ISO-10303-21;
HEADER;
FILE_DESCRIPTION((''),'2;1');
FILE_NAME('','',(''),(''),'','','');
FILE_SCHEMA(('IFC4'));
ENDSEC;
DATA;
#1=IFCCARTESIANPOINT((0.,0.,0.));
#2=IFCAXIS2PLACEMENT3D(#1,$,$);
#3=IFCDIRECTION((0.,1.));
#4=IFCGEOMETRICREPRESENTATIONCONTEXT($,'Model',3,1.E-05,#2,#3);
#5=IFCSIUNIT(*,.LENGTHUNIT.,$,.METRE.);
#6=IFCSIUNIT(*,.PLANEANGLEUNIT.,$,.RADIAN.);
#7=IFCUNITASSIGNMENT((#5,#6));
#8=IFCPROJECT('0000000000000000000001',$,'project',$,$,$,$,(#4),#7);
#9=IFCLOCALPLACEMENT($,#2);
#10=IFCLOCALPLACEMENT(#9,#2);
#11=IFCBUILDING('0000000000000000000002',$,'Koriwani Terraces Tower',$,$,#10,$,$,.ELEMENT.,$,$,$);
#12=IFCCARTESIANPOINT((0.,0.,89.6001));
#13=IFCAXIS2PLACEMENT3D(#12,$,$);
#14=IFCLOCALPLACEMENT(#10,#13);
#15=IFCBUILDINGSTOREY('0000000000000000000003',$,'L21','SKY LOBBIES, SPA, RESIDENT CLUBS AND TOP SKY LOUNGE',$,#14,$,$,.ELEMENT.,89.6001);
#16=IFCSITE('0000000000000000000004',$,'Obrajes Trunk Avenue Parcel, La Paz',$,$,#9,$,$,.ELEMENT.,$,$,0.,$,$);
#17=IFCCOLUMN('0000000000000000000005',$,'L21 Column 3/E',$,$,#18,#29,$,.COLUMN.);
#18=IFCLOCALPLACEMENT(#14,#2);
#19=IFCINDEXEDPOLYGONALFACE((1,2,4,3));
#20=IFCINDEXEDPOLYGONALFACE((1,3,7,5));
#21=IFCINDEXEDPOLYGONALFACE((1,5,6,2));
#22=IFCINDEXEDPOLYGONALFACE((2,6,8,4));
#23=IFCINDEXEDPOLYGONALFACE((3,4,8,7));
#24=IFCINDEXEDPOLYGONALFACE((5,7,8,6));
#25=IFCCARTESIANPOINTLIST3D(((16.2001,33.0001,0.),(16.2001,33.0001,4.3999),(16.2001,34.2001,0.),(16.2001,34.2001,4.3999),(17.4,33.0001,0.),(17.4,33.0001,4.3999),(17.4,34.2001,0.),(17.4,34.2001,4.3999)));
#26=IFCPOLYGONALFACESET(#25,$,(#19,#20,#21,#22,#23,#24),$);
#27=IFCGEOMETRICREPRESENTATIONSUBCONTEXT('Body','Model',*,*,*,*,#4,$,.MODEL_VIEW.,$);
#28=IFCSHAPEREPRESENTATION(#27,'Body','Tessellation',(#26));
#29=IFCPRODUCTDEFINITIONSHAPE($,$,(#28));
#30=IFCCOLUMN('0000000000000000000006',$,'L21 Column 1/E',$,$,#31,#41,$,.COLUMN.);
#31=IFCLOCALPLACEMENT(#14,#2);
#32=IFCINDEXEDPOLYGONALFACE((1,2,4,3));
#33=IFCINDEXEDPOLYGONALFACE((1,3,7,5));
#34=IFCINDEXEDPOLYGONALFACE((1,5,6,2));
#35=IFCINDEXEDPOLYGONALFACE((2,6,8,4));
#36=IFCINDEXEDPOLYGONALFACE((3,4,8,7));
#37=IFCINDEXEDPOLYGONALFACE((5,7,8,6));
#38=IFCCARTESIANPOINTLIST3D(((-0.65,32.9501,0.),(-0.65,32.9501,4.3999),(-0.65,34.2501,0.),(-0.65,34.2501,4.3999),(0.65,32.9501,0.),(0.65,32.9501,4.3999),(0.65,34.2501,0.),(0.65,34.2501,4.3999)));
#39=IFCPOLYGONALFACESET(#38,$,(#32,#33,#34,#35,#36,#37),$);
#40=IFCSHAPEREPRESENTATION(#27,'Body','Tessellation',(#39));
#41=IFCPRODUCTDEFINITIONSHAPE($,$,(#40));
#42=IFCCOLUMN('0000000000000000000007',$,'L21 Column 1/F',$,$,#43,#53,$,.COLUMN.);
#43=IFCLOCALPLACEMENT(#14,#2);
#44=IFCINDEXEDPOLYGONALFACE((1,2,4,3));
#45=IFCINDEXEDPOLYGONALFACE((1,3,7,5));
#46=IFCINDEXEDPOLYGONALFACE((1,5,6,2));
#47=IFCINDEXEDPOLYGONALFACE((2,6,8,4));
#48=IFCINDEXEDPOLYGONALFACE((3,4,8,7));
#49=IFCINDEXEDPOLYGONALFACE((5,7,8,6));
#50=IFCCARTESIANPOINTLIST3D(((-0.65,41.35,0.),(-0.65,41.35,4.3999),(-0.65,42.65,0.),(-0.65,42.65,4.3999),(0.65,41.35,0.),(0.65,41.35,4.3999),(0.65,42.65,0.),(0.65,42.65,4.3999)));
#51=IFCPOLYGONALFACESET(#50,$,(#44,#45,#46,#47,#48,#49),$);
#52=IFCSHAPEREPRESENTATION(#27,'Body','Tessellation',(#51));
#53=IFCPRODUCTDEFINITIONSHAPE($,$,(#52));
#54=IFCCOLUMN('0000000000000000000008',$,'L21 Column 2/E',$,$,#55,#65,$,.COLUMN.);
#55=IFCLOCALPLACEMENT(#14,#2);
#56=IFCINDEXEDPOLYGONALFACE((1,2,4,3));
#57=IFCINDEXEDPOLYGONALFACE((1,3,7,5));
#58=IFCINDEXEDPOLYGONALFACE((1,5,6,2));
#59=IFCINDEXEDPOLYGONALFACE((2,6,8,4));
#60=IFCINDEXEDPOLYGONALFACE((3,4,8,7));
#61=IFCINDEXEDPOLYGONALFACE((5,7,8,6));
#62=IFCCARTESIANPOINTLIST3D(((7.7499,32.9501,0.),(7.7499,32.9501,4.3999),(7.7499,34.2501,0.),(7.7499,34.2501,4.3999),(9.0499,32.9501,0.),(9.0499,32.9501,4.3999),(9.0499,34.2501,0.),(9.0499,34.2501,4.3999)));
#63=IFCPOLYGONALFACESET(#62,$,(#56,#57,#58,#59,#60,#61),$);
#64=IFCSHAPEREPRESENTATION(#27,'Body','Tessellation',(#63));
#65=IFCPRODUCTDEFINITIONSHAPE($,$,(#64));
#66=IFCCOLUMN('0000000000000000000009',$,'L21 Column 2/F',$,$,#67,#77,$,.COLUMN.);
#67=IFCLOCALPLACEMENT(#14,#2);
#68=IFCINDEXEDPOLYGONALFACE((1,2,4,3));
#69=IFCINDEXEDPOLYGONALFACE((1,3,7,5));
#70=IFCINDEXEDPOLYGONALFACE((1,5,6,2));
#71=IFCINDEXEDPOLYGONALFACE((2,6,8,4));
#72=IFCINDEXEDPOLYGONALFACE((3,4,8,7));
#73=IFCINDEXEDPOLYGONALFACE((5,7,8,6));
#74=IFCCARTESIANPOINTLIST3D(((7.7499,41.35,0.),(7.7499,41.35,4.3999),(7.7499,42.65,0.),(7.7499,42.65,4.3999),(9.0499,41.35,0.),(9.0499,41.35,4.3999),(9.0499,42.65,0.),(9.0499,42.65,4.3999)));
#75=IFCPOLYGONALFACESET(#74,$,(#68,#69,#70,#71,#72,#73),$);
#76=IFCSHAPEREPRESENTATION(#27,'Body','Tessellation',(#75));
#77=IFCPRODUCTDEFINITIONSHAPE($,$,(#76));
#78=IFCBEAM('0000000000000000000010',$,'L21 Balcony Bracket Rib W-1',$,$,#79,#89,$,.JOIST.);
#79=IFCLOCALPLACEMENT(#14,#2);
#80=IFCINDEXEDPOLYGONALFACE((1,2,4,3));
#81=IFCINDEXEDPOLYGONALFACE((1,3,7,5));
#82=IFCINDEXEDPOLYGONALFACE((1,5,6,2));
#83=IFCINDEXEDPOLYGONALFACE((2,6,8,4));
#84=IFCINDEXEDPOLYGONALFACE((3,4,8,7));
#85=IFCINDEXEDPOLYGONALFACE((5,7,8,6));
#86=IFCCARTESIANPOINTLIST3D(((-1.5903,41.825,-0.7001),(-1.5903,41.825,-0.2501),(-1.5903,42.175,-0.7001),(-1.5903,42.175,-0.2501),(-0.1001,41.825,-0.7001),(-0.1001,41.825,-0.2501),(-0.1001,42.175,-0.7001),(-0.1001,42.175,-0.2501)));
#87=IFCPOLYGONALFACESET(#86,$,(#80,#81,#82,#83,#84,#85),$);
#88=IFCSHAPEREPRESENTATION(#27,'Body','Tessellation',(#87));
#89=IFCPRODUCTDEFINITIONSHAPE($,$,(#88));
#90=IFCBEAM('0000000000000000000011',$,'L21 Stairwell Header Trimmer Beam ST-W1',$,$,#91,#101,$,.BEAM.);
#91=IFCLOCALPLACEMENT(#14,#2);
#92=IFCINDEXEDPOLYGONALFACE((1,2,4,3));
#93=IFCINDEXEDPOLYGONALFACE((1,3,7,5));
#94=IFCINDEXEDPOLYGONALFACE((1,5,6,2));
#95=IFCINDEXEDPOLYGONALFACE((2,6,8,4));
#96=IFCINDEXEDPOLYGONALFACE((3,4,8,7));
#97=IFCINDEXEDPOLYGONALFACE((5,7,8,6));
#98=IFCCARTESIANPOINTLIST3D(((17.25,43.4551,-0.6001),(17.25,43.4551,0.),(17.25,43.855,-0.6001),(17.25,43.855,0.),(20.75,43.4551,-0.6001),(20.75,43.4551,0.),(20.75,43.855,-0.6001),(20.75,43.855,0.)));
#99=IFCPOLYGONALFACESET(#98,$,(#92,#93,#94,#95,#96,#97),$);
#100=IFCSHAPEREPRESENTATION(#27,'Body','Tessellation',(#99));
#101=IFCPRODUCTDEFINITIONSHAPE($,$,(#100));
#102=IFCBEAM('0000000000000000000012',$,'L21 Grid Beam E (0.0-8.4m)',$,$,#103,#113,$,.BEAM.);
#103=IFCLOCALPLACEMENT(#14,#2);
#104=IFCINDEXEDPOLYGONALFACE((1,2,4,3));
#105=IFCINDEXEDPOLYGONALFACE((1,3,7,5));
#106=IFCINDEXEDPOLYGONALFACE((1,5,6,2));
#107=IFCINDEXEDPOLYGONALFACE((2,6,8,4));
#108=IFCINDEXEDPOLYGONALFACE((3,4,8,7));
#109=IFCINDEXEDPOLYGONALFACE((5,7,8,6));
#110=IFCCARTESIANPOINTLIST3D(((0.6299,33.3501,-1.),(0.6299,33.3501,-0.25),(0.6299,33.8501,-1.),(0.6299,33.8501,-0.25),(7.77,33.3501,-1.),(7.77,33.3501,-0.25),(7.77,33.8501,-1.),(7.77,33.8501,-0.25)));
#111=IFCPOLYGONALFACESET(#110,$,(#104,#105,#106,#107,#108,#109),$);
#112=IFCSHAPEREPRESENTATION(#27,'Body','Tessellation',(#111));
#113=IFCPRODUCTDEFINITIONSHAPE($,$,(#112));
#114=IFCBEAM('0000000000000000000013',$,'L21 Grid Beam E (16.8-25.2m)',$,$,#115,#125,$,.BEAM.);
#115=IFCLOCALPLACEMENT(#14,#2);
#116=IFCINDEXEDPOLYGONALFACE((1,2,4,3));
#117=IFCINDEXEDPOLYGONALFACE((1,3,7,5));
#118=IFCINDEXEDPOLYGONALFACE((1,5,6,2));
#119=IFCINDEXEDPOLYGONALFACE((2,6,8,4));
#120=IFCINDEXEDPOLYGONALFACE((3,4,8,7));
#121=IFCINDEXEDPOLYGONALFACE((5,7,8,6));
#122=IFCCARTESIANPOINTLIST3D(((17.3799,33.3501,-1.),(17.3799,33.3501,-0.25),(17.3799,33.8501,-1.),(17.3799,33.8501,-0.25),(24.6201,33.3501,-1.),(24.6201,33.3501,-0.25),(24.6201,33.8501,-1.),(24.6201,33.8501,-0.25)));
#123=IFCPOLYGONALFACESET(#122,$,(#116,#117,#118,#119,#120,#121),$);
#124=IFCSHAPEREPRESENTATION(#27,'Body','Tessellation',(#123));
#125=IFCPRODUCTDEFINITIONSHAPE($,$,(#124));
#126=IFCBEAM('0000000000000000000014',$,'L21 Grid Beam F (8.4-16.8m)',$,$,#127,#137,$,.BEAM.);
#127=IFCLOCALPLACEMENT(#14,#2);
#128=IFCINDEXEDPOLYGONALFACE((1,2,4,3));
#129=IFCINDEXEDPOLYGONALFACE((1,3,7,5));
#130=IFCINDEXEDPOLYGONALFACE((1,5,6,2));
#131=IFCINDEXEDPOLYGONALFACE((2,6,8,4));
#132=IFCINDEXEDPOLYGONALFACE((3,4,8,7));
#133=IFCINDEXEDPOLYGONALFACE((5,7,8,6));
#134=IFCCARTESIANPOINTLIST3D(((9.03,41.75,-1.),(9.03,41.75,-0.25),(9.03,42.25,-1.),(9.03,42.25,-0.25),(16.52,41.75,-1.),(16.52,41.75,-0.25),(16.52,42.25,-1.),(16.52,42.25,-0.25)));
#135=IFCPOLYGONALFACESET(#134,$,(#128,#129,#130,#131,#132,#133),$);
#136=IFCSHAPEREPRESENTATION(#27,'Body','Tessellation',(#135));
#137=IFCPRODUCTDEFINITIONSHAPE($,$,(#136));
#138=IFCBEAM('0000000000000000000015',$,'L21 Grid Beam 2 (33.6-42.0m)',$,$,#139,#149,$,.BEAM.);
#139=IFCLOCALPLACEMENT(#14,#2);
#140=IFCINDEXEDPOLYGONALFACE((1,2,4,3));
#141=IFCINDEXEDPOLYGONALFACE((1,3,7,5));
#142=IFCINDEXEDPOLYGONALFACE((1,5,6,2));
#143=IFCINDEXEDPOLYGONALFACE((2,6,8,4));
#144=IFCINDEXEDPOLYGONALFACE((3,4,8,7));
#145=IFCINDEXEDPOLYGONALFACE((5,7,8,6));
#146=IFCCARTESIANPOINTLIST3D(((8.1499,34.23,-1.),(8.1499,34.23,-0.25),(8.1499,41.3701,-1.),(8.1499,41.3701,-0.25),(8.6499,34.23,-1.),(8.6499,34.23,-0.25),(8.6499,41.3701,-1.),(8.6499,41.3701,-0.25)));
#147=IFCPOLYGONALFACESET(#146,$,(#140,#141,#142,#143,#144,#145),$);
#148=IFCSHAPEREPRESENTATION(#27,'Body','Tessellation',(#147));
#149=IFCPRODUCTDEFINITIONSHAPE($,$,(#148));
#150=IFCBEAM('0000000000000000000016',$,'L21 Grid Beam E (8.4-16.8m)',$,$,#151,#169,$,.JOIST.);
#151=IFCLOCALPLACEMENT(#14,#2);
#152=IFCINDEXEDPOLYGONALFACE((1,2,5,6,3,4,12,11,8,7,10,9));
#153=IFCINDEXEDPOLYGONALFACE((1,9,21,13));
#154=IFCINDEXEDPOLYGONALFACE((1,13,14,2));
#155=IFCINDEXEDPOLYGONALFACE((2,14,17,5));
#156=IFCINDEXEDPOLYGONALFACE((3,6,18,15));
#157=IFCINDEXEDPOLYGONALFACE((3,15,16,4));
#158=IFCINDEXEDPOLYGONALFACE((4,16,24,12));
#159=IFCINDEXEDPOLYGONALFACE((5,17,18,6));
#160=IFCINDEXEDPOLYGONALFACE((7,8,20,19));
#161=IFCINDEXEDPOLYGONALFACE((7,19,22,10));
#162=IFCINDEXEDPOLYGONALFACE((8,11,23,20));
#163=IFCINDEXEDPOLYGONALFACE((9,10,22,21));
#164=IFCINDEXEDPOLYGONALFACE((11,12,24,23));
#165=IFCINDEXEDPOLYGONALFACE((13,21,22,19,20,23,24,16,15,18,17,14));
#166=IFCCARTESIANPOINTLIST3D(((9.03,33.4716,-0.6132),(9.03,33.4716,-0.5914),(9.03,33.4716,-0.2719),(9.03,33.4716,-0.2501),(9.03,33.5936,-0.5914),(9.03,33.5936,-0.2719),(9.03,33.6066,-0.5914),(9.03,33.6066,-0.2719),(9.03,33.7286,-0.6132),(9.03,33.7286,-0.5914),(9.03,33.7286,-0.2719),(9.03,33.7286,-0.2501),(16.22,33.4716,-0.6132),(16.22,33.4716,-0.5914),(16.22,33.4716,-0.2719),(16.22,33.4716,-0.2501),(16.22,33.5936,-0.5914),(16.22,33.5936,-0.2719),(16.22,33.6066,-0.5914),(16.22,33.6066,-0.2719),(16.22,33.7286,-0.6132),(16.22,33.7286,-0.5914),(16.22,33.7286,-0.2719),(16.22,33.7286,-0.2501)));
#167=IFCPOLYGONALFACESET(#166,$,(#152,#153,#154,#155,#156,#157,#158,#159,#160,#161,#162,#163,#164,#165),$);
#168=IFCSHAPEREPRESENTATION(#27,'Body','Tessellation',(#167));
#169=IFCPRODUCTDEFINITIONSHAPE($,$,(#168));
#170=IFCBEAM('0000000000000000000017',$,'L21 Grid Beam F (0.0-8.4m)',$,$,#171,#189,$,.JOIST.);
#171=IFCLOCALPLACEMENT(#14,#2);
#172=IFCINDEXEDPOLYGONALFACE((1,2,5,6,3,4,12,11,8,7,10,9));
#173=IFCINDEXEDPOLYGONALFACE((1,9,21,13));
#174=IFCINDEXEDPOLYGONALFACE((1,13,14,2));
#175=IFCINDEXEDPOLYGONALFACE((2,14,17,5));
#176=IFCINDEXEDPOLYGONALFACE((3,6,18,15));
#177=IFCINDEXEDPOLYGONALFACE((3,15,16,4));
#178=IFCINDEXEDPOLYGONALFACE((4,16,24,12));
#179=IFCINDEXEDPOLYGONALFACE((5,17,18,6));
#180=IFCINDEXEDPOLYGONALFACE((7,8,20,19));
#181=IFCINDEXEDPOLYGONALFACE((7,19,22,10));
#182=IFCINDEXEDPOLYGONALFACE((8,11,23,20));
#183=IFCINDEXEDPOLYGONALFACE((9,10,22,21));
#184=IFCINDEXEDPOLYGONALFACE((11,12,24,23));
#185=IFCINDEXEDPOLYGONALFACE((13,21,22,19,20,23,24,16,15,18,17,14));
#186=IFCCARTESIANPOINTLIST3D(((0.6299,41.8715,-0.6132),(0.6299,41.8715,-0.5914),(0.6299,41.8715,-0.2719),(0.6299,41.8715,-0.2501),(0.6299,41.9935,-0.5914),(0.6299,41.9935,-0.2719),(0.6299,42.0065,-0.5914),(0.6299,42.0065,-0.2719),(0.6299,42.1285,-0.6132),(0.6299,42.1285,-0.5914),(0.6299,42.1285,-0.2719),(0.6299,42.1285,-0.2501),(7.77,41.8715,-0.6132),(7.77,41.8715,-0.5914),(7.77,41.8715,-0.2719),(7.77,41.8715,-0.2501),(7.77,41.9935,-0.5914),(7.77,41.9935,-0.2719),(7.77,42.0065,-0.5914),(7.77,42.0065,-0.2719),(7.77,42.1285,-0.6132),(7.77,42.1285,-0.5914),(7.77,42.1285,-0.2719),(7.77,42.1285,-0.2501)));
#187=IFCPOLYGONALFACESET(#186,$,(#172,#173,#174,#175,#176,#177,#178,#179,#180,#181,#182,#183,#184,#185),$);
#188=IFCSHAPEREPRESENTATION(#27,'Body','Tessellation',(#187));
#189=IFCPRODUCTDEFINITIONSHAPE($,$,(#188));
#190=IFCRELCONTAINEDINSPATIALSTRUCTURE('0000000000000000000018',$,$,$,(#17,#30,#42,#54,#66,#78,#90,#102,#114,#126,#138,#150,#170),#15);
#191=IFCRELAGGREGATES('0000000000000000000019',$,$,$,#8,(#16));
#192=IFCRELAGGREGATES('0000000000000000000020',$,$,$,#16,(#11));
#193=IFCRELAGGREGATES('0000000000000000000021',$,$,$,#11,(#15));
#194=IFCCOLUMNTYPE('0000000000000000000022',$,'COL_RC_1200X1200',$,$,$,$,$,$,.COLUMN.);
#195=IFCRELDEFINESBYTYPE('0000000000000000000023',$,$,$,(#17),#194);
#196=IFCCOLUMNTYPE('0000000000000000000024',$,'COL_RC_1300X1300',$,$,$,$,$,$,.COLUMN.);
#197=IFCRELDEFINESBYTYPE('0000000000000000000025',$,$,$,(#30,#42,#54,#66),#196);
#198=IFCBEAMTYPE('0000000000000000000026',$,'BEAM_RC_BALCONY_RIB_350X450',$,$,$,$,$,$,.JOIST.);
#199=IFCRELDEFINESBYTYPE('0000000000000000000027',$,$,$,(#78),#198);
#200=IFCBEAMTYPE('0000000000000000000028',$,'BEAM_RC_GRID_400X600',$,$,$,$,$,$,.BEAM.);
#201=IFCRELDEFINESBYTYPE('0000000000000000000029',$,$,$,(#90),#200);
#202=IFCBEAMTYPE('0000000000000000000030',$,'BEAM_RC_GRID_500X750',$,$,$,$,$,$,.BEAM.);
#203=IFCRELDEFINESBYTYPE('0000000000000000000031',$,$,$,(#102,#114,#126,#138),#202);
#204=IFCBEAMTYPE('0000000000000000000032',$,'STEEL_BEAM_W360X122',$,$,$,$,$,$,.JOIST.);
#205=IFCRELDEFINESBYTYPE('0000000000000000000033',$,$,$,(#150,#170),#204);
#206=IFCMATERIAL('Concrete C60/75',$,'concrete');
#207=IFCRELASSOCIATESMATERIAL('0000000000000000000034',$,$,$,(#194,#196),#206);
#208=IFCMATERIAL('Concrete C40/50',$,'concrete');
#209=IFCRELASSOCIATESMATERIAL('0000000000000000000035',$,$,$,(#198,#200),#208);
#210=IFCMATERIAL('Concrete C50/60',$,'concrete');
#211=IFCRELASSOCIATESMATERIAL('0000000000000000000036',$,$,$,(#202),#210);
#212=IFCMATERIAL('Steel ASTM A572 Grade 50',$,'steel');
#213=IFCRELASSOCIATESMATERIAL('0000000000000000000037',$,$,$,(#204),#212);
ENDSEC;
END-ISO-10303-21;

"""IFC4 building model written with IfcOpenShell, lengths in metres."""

from ifc_helpers import new_model, si_unit, direction, frame, origin, origin_2d, place, context, subcontext, project, spatial, rectangle, i_section, extrude, material, material_profile, profile_set, type_object, element, save


model = new_model("IFC4")

# Units and contexts
model_context = context("Model", 3, precision=1e-05, world=origin(), true_north=direction((0.0, 1.0)))
body_context = subcontext(model_context, "Body", "Model", "MODEL_VIEW")
ifc_project = project(units=[si_unit("LENGTHUNIT", "METRE"), si_unit("PLANEANGLEUNIT", "RADIAN")], contexts=[model_context])

# Site, building, storey
site_placement = place(None, origin())
site = spatial("IfcSite", under=ifc_project, at=site_placement, Name="Obrajes Trunk Avenue Parcel, La Paz", CompositionType="ELEMENT", RefElevation=0.0)
building_placement = place(site_placement, origin())
building = spatial("IfcBuilding", under=site, at=building_placement, Name="Koriwani Terraces Tower", CompositionType="ELEMENT")
storey_placement = place(building_placement, frame((0.0, 0.0, 89.6001)))
storey = spatial("IfcBuildingStorey", under=building, at=storey_placement, Name="L21", Description="SKY LOBBIES, SPA, RESIDENT CLUBS AND TOP SKY LOUNGE", CompositionType="ELEMENT", Elevation=89.6001)

# Columns
ifc_material_1 = material(Name="Concrete C60/75", Category="concrete")
ifc_material_profile_1 = material_profile(ifc_material_1, rectangle(XDim=1.2, YDim=1.2, at=origin_2d()), Name="Concrete C60/75", Category="LoadBearing")
ifc_profile_set_1 = profile_set([ifc_material_profile_1], Name="Concrete C60/75")
column_type_1 = type_object("IfcColumnType", Name="COL_RC_1200X1200", PredefinedType="COLUMN", material=ifc_profile_set_1)
column_placement = place(storey_placement, frame((16.8, 33.6001, 0.0), z_axis=(0.0, 0.0, 1.0), x_axis=(1.0, 0.0, 0.0)))
element("IfcColumn", 1, at=column_placement, inside=storey, type_object=column_type_1, Name="L21 Column 3/E", PredefinedType="COLUMN", context=body_context, shape_type="SweptSolid", body=[
    extrude(rectangle(XDim=1.2, YDim=1.2, at=origin_2d()), origin(), (0.0, 0.0, 1.0), 4.3999),
])
ifc_material_profile_2 = material_profile(ifc_material_1, rectangle(XDim=1.3, YDim=1.3, at=origin_2d()), Name="Concrete C60/75", Category="LoadBearing")
ifc_profile_set_2 = profile_set([ifc_material_profile_2], Name="Concrete C60/75")
column_type_2 = type_object("IfcColumnType", Name="COL_RC_1300X1300", PredefinedType="COLUMN", material=ifc_profile_set_2)
for number, where, z_axis, x_axis, name in (
    (2, (0.0, 33.6001, 0.0), (0.0, 0.0, 1.0), (1.0, 0.0, 0.0), "L21 Column 1/E"),
    (3, (0.0, 42.0, 0.0), (0.0, 0.0, 1.0), (1.0, 0.0, 0.0), "L21 Column 1/F"),
    (4, (8.3999, 33.6001, 0.0), (0.0, 0.0, 1.0), (1.0, 0.0, 0.0), "L21 Column 2/E"),
    (5, (8.3999, 42.0, 0.0), (0.0, 0.0, 1.0), (1.0, 0.0, 0.0), "L21 Column 2/F"),
):
    element("IfcColumn", number, at=place(storey_placement, frame(where, z_axis=z_axis, x_axis=x_axis)), inside=storey, type_object=column_type_2, Name=name, PredefinedType="COLUMN", context=body_context, shape_type="SweptSolid", body=[
        extrude(rectangle(XDim=1.3, YDim=1.3, at=origin_2d()), origin(), (0.0, 0.0, 1.0), 4.3999),
    ])

# Beams
ifc_material_2 = material(Name="Concrete C40/50", Category="concrete")
ifc_material_profile_3 = material_profile(ifc_material_2, rectangle(XDim=0.3501, YDim=0.45, at=origin_2d()), Name="Concrete C40/50", Category="LoadBearing")
ifc_profile_set_3 = profile_set([ifc_material_profile_3], Name="Concrete C40/50")
beam_type_1 = type_object("IfcBeamType", Name="BEAM_RC_BALCONY_RIB_350X450", PredefinedType="JOIST", material=ifc_profile_set_3)
beam_1_placement = place(storey_placement, frame((-1.5903, 42.0, -0.4751), z_axis=(1.0, 0.0, 0.0), x_axis=(0.0, 1.0, 0.0)))
element("IfcBeam", 6, at=beam_1_placement, inside=storey, type_object=beam_type_1, Name="L21 Balcony Bracket Rib W-1", PredefinedType="JOIST", context=body_context, shape_type="SweptSolid", body=[
    extrude(rectangle(XDim=0.3501, YDim=0.45, at=origin_2d()), origin(), (0.0, 0.0, 1.0), 1.4902),
])
ifc_material_profile_4 = material_profile(ifc_material_2, rectangle(XDim=0.3999, YDim=0.6001, at=origin_2d()), Name="Concrete C40/50", Category="LoadBearing")
ifc_profile_set_4 = profile_set([ifc_material_profile_4], Name="Concrete C40/50")
beam_type_2 = type_object("IfcBeamType", Name="BEAM_RC_GRID_400X600", PredefinedType="BEAM", material=ifc_profile_set_4)
beam_2_placement = place(storey_placement, frame((17.25, 43.655, -0.3), z_axis=(1.0, 0.0, 0.0), x_axis=(0.0, 1.0, 0.0)))
element("IfcBeam", 7, at=beam_2_placement, inside=storey, type_object=beam_type_2, Name="L21 Stairwell Header Trimmer Beam ST-W1", PredefinedType="BEAM", context=body_context, shape_type="SweptSolid", body=[
    extrude(rectangle(XDim=0.3999, YDim=0.6001, at=origin_2d()), origin(), (0.0, 0.0, 1.0), 3.5),
])
ifc_material_3 = material(Name="Concrete C50/60", Category="concrete")
ifc_material_profile_5 = material_profile(ifc_material_3, rectangle(XDim=0.5, YDim=0.75, at=origin_2d()), Name="Concrete C50/60", Category="LoadBearing")
ifc_profile_set_5 = profile_set([ifc_material_profile_5], Name="Concrete C50/60")
beam_type_3 = type_object("IfcBeamType", Name="BEAM_RC_GRID_500X750", PredefinedType="BEAM", material=ifc_profile_set_5)
beam_3_placement = place(storey_placement, frame((0.6299, 33.6001, -0.625), z_axis=(1.0, 0.0, 0.0), x_axis=(0.0, 1.0, 0.0)))
element("IfcBeam", 8, at=beam_3_placement, inside=storey, type_object=beam_type_3, Name="L21 Grid Beam E (0.0-8.4m)", PredefinedType="BEAM", context=body_context, shape_type="SweptSolid", body=[
    extrude(rectangle(XDim=0.5, YDim=0.75, at=origin_2d()), origin(), (0.0, 0.0, 1.0), 7.1401),
])
beam_4_placement = place(storey_placement, frame((17.3799, 33.6001, -0.625), z_axis=(1.0, 0.0, 0.0), x_axis=(0.0, 1.0, 0.0)))
element("IfcBeam", 9, at=beam_4_placement, inside=storey, type_object=beam_type_3, Name="L21 Grid Beam E (16.8-25.2m)", PredefinedType="BEAM", context=body_context, shape_type="SweptSolid", body=[
    extrude(rectangle(XDim=0.5, YDim=0.75, at=origin_2d()), origin(), (0.0, 0.0, 1.0), 7.2402),
])
beam_5_placement = place(storey_placement, frame((9.03, 42.0, -0.625), z_axis=(1.0, 0.0, 0.0), x_axis=(0.0, 1.0, 0.0)))
element("IfcBeam", 10, at=beam_5_placement, inside=storey, type_object=beam_type_3, Name="L21 Grid Beam F (8.4-16.8m)", PredefinedType="BEAM", context=body_context, shape_type="SweptSolid", body=[
    extrude(rectangle(XDim=0.5, YDim=0.75, at=origin_2d()), origin(), (0.0, 0.0, 1.0), 7.49),
])
beam_6_placement = place(storey_placement, frame((8.3999, 34.23, -0.625), z_axis=(0.0, 1.0, 0.0), x_axis=(-1.0, 0.0, 0.0)))
element("IfcBeam", 11, at=beam_6_placement, inside=storey, type_object=beam_type_3, Name="L21 Grid Beam 2 (33.6-42.0m)", PredefinedType="BEAM", context=body_context, shape_type="SweptSolid", body=[
    extrude(rectangle(XDim=0.5, YDim=0.75, at=origin_2d()), origin(), (0.0, 0.0, 1.0), 7.1401),
])
ifc_material_4 = material(Name="Steel ASTM A572 Grade 50", Category="steel")
ifc_material_profile_6 = material_profile(ifc_material_4, i_section(OverallWidth=0.2571, OverallDepth=0.363, WebThickness=0.0129, FlangeThickness=0.0217, at=origin_2d()), Name="Steel ASTM A572 Grade 50", Category="LoadBearing")
ifc_profile_set_6 = profile_set([ifc_material_profile_6], Name="Steel ASTM A572 Grade 50")
beam_type_4 = type_object("IfcBeamType", Name="STEEL_BEAM_W360X122", PredefinedType="JOIST", material=ifc_profile_set_6)
beam_7_placement = place(storey_placement, frame((9.03, 33.6001, -0.4316), z_axis=(1.0, 0.0, 0.0), x_axis=(0.0, 1.0, 0.0)))
element("IfcBeam", 12, at=beam_7_placement, inside=storey, type_object=beam_type_4, Name="L21 Grid Beam E (8.4-16.8m)", PredefinedType="JOIST", context=body_context, shape_type="SweptSolid", body=[
    extrude(i_section(OverallWidth=0.2571, OverallDepth=0.363, WebThickness=0.0129, FlangeThickness=0.0217, at=origin_2d()), origin(), (0.0, 0.0, 1.0), 7.1899),
])
for number, where, z_axis, x_axis, name in (
    (13, (0.6299, 42.0, -0.4316), (1.0, 0.0, 0.0), (0.0, 1.0, 0.0), "L21 Grid Beam F (0.0-8.4m)"),
):
    element("IfcBeam", number, at=place(storey_placement, frame(where, z_axis=z_axis, x_axis=x_axis)), inside=storey, type_object=beam_type_4, Name=name, PredefinedType="JOIST", context=body_context, shape_type="SweptSolid", body=[
        extrude(i_section(OverallWidth=0.2571, OverallDepth=0.363, WebThickness=0.0129, FlangeThickness=0.0217, at=origin_2d()), origin(), (0.0, 0.0, 1.0), 7.1401),
    ])

save(model, "model.ifc")
